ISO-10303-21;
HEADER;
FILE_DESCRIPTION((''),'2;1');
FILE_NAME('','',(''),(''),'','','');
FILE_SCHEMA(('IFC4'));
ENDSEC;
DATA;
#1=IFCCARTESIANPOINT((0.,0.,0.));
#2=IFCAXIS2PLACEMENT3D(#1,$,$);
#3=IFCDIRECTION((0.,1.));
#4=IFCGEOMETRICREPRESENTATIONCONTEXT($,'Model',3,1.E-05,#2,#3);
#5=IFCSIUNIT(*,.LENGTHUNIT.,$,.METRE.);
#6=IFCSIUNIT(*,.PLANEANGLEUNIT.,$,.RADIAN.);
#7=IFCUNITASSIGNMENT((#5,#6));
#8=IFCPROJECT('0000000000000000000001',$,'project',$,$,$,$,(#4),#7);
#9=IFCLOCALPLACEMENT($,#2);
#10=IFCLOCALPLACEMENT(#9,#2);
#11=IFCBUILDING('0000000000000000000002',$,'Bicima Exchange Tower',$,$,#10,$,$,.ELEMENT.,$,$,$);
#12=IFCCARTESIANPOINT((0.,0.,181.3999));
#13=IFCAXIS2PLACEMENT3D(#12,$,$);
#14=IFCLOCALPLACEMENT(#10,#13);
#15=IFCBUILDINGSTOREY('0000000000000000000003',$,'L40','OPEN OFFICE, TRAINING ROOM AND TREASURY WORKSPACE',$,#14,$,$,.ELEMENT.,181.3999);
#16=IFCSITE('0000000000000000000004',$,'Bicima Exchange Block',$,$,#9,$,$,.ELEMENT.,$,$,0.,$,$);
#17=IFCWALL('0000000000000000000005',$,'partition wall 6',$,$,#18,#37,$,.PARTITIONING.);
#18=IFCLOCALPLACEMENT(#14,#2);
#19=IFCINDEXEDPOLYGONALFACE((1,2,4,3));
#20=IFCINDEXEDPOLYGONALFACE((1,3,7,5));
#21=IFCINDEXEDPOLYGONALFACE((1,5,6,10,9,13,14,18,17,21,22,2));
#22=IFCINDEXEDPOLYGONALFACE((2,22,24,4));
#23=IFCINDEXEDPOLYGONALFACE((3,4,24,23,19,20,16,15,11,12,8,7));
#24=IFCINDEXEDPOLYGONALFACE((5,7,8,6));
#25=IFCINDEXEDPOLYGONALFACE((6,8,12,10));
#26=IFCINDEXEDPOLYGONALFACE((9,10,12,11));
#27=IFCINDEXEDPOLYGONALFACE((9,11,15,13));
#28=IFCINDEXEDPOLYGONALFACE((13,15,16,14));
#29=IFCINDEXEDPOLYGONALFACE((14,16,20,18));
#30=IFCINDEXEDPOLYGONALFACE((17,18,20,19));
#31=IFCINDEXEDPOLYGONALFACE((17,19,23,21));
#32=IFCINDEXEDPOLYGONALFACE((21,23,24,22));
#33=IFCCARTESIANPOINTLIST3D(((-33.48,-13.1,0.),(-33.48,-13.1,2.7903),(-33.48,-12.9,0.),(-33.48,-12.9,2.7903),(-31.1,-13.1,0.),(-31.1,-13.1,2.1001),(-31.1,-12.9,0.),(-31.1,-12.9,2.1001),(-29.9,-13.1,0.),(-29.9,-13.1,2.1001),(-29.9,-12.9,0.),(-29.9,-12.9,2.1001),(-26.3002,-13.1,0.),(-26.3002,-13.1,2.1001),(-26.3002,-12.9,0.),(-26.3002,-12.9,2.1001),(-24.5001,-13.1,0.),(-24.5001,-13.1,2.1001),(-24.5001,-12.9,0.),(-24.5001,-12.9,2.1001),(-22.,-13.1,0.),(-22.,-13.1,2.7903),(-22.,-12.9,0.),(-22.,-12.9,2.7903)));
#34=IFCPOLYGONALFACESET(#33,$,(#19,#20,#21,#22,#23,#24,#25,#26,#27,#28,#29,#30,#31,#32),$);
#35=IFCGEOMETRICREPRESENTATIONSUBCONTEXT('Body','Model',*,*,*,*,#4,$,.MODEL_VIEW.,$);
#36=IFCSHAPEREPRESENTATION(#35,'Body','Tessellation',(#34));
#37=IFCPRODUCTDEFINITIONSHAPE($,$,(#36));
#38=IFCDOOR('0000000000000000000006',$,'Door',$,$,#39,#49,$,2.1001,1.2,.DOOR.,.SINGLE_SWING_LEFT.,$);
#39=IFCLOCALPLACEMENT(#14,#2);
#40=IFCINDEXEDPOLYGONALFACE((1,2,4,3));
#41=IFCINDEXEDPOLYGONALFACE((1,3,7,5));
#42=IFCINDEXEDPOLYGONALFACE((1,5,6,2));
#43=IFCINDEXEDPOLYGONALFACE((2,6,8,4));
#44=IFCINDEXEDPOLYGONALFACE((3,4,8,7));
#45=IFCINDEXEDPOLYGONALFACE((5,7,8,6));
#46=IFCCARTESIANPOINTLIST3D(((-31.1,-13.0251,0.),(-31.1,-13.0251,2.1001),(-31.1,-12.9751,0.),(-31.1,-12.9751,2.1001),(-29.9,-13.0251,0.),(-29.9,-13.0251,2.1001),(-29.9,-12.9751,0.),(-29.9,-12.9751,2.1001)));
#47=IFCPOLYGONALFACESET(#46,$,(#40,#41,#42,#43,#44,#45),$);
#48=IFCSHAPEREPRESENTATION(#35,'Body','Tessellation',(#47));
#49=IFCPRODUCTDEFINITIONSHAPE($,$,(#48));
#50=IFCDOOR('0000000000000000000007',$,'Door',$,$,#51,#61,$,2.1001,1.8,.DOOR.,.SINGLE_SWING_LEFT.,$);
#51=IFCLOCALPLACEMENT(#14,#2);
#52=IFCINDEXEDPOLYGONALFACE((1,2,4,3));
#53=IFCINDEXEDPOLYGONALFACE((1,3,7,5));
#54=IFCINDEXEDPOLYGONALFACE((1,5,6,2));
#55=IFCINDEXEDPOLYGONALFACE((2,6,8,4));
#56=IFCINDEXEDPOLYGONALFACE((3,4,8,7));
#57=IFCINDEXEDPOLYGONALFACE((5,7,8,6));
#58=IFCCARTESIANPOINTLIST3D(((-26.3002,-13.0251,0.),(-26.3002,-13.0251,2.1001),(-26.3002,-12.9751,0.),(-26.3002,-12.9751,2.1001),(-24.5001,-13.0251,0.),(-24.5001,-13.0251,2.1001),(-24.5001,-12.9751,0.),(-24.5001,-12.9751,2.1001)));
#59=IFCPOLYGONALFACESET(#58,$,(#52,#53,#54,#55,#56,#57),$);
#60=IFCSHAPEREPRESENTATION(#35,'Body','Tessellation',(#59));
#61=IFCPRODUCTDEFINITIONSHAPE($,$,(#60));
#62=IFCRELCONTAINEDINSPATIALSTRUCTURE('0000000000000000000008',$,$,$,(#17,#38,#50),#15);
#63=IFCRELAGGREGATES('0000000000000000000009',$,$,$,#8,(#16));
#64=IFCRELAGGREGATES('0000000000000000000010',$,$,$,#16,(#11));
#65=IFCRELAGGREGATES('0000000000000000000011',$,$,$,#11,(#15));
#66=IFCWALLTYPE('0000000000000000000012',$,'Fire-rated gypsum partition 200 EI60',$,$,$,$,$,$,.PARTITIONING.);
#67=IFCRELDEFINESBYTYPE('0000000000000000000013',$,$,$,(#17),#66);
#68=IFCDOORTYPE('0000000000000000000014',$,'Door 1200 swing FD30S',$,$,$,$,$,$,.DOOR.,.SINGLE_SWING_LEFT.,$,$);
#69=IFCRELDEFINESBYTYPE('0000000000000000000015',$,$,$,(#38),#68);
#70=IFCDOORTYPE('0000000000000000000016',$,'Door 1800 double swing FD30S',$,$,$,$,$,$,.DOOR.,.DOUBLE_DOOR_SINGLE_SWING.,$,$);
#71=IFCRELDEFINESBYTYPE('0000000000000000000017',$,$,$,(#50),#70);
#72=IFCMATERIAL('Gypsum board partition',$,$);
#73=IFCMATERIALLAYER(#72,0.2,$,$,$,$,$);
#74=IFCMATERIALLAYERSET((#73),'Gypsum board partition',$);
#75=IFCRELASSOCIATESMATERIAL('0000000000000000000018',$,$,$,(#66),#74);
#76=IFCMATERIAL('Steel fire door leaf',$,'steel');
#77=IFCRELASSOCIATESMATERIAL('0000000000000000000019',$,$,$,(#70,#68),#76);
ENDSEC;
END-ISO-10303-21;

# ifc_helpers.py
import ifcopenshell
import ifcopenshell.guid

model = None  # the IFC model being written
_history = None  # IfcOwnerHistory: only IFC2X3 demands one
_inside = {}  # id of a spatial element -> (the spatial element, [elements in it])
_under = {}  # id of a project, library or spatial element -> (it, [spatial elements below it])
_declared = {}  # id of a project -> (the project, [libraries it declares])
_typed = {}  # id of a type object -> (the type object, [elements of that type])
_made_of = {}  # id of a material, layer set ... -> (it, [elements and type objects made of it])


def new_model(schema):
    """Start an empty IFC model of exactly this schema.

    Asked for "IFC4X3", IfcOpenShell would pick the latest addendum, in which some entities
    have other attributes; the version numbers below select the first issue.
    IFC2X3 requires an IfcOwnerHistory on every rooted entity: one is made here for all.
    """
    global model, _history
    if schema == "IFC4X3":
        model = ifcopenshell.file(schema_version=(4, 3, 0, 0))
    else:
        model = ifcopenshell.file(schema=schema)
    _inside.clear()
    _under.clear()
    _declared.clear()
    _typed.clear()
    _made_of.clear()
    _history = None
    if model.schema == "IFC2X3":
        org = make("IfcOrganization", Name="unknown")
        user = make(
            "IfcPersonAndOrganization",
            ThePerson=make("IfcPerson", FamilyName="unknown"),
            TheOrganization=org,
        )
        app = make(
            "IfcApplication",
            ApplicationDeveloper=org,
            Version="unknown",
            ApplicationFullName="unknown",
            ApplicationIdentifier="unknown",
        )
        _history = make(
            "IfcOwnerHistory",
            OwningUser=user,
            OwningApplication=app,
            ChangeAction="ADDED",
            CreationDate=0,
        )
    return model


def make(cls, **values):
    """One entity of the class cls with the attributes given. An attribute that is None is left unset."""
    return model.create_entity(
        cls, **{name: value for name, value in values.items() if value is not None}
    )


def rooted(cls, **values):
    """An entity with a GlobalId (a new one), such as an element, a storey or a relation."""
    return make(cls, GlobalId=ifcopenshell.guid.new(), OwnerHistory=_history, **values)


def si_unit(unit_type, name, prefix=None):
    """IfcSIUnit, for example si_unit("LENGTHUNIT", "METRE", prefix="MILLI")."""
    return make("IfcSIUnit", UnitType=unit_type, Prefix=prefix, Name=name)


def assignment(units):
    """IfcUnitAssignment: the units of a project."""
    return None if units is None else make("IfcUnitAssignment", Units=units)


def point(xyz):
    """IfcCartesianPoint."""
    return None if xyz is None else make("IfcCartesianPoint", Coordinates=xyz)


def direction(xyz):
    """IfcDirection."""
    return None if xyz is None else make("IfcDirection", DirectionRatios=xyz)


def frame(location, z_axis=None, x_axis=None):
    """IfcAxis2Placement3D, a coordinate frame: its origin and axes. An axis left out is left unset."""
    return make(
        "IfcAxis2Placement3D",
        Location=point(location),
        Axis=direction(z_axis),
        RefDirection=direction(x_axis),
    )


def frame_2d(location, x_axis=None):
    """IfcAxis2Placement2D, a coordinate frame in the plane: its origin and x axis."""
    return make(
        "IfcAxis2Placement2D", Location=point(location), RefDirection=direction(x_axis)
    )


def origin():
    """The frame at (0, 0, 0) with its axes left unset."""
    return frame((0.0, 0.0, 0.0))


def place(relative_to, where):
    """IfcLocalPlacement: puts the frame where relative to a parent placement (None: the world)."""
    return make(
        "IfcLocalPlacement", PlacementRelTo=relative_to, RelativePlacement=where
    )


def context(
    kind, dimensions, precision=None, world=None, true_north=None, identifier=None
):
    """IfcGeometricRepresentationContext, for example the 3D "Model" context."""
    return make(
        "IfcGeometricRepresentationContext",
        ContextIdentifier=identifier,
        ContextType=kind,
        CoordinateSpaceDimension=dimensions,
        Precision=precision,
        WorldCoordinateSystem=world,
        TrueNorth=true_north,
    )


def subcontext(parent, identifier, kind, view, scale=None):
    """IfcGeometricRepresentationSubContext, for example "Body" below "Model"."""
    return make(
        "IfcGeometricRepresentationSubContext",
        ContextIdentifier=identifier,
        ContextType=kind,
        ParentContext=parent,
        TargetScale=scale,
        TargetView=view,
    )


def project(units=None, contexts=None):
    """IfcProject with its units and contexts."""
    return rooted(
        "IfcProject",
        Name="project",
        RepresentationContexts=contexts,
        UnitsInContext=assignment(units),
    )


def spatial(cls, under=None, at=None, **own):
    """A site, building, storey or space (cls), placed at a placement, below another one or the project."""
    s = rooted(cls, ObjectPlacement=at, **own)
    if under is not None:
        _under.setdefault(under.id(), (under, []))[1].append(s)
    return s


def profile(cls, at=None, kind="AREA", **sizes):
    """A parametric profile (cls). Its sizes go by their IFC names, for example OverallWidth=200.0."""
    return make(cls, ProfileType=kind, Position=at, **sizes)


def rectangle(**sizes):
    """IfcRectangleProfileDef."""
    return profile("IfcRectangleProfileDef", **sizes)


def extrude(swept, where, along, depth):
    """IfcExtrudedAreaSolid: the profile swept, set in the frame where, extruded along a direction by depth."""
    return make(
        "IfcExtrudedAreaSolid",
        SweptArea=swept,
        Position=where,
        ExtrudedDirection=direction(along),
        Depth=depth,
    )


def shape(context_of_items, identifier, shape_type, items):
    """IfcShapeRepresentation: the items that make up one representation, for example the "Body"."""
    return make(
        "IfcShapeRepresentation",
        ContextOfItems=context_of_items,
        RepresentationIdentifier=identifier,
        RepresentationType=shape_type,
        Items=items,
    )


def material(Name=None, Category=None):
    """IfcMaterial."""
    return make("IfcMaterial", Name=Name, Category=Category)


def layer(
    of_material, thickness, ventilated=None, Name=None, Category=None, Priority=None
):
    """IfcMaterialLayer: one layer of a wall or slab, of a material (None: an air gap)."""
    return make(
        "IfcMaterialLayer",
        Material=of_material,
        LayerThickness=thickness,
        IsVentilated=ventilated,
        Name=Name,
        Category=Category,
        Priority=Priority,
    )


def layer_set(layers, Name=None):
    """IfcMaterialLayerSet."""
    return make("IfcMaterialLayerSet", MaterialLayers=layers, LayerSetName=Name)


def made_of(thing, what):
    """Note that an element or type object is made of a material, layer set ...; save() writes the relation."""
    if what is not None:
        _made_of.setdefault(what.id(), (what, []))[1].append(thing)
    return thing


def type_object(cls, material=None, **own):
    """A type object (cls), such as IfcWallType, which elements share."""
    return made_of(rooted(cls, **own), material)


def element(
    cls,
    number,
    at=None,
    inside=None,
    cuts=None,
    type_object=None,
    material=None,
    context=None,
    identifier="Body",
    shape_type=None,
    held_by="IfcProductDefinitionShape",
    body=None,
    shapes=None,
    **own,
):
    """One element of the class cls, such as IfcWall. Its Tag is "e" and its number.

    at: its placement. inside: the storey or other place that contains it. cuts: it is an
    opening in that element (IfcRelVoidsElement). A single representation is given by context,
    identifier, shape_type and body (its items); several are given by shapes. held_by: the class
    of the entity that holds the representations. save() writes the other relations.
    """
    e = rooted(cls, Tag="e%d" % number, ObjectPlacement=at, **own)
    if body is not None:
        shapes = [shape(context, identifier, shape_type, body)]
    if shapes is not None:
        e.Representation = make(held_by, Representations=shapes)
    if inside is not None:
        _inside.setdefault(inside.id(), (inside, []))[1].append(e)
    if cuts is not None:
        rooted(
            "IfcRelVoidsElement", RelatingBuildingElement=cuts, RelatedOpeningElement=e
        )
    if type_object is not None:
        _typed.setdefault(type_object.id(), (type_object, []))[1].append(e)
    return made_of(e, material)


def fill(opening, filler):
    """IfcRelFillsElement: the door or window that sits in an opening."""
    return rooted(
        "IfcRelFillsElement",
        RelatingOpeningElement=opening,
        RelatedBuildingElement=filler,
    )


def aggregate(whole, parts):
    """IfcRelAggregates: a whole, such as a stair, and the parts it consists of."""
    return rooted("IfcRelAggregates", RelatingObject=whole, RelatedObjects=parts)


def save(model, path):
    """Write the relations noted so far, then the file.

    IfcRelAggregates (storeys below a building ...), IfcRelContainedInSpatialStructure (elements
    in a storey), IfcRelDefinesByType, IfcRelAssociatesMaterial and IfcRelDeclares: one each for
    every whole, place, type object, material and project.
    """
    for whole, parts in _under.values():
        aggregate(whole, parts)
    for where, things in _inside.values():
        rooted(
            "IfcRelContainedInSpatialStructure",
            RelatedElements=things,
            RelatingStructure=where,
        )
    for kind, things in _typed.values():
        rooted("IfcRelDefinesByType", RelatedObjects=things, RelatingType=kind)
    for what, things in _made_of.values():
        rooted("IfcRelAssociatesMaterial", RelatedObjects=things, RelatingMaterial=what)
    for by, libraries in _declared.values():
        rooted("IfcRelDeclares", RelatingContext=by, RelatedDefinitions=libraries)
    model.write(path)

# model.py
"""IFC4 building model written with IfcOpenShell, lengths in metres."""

from ifc_helpers import new_model, si_unit, direction, frame, frame_2d, origin, place, context, subcontext, project, spatial, rectangle, extrude, material, layer, layer_set, type_object, element, fill, save


model = new_model("IFC4")

# Units and contexts
model_context = context("Model", 3, precision=1e-05, world=origin(), true_north=direction((0.0, 1.0)))
body_context = subcontext(model_context, "Body", "Model", "MODEL_VIEW")
ifc_project = project(units=[si_unit("LENGTHUNIT", "METRE"), si_unit("PLANEANGLEUNIT", "RADIAN")], contexts=[model_context])

# Site, building, storey
site_placement = place(None, origin())
site = spatial("IfcSite", under=ifc_project, at=site_placement, Name="Bicima Exchange Block", CompositionType="ELEMENT", RefElevation=0.0)
building_placement = place(site_placement, origin())
building = spatial("IfcBuilding", under=site, at=building_placement, Name="Bicima Exchange Tower", CompositionType="ELEMENT")
storey_placement = place(building_placement, frame((0.0, 0.0, 181.3999)))
storey = spatial("IfcBuildingStorey", under=building, at=storey_placement, Name="L40", Description="OPEN OFFICE, TRAINING ROOM AND TREASURY WORKSPACE", CompositionType="ELEMENT", Elevation=181.3999)

# Shared definitions
ifc_material_1 = material(Name="Gypsum board partition")
ifc_layer_1 = layer(ifc_material_1, 0.2)
ifc_layer_set_1 = layer_set([ifc_layer_1], Name="Gypsum board partition")
wall_type = type_object("IfcWallType", Name="Fire-rated gypsum partition 200 EI60", PredefinedType="PARTITIONING", material=ifc_layer_set_1)
ifc_material_2 = material(Name="Steel fire door leaf", Category="steel")
door_type_1 = type_object("IfcDoorType", Name="Door 1800 double swing FD30S", OperationType="DOUBLE_DOOR_SINGLE_SWING", PredefinedType="DOOR", material=ifc_material_2)

# Wall, openings, doors
wall_1_placement = place(storey_placement, frame((-33.48, -13.0, 0.0), z_axis=(0.0, 0.0, 1.0), x_axis=(1.0, 0.0, 0.0)))
wall_1 = element("IfcWall", 1, at=wall_1_placement, inside=storey, type_object=wall_type, Name="partition wall 6", PredefinedType="PARTITIONING", context=body_context, shape_type="SweptSolid", body=[
    extrude(rectangle(XDim=11.48, YDim=0.2, at=frame_2d((5.74, 0.0))), origin(), (0.0, 0.0, 1.0), 2.7903),
])
opening_1_placement = place(wall_1_placement, frame((2.3799, 0.0, 0.0)))
opening_1 = element("IfcOpeningElement", 2, at=opening_1_placement, cuts=wall_1, PredefinedType="OPENING", context=body_context, shape_type="SweptSolid", body=[
    extrude(rectangle(XDim=1.2, YDim=2.1001, at=frame_2d((0.6001, 1.05))), frame((0.0, 0.1118, 0.0), z_axis=(0.0, -1.0, 0.0), x_axis=(1.0, 0.0, 0.0)), (0.0, 0.0, 1.0), 0.2239),
])
opening_2_placement = place(wall_1_placement, frame((7.1799, 0.0, 0.0)))
opening_2 = element("IfcOpeningElement", 3, at=opening_2_placement, cuts=wall_1, PredefinedType="OPENING", context=body_context, shape_type="SweptSolid", body=[
    extrude(rectangle(XDim=1.8, YDim=2.1001, at=frame_2d((0.8999, 1.05))), frame((0.0, 0.1118, 0.0), z_axis=(0.0, -1.0, 0.0), x_axis=(1.0, 0.0, 0.0)), (0.0, 0.0, 1.0), 0.2239),
])
door_type_2 = type_object("IfcDoorType", Name="Door 1200 swing FD30S", OperationType="SINGLE_SWING_LEFT", PredefinedType="DOOR", material=ifc_material_2)
door_1_placement = place(opening_1_placement, origin())
door_1 = element("IfcDoor", 4, at=door_1_placement, inside=storey, type_object=door_type_2, Name="Door", OperationType="SINGLE_SWING_LEFT", OverallHeight=2.1001, OverallWidth=1.2, PredefinedType="DOOR", context=body_context, shape_type="SweptSolid", body=[
    extrude(rectangle(XDim=1.2, YDim=2.1001, at=frame_2d((0.6001, 1.05))), frame((0.0, 0.0249, 0.0), z_axis=(0.0, -1.0, 0.0), x_axis=(1.0, 0.0, 0.0)), (0.0, 0.0, 1.0), 0.05),
])
fill(opening_1, door_1)
door_2_placement = place(opening_2_placement, origin())
door_2 = element("IfcDoor", 5, at=door_2_placement, inside=storey, type_object=door_type_1, Name="Door", OperationType="SINGLE_SWING_LEFT", OverallHeight=2.1001, OverallWidth=1.8, PredefinedType="DOOR", context=body_context, shape_type="SweptSolid", body=[
    extrude(rectangle(XDim=1.8, YDim=2.1001, at=frame_2d((0.8999, 1.05))), frame((0.0, 0.0249, 0.0), z_axis=(0.0, -1.0, 0.0), x_axis=(1.0, 0.0, 0.0)), (0.0, 0.0, 1.0), 0.05),
])
fill(opening_2, door_2)

save(model, "model.ifc")
